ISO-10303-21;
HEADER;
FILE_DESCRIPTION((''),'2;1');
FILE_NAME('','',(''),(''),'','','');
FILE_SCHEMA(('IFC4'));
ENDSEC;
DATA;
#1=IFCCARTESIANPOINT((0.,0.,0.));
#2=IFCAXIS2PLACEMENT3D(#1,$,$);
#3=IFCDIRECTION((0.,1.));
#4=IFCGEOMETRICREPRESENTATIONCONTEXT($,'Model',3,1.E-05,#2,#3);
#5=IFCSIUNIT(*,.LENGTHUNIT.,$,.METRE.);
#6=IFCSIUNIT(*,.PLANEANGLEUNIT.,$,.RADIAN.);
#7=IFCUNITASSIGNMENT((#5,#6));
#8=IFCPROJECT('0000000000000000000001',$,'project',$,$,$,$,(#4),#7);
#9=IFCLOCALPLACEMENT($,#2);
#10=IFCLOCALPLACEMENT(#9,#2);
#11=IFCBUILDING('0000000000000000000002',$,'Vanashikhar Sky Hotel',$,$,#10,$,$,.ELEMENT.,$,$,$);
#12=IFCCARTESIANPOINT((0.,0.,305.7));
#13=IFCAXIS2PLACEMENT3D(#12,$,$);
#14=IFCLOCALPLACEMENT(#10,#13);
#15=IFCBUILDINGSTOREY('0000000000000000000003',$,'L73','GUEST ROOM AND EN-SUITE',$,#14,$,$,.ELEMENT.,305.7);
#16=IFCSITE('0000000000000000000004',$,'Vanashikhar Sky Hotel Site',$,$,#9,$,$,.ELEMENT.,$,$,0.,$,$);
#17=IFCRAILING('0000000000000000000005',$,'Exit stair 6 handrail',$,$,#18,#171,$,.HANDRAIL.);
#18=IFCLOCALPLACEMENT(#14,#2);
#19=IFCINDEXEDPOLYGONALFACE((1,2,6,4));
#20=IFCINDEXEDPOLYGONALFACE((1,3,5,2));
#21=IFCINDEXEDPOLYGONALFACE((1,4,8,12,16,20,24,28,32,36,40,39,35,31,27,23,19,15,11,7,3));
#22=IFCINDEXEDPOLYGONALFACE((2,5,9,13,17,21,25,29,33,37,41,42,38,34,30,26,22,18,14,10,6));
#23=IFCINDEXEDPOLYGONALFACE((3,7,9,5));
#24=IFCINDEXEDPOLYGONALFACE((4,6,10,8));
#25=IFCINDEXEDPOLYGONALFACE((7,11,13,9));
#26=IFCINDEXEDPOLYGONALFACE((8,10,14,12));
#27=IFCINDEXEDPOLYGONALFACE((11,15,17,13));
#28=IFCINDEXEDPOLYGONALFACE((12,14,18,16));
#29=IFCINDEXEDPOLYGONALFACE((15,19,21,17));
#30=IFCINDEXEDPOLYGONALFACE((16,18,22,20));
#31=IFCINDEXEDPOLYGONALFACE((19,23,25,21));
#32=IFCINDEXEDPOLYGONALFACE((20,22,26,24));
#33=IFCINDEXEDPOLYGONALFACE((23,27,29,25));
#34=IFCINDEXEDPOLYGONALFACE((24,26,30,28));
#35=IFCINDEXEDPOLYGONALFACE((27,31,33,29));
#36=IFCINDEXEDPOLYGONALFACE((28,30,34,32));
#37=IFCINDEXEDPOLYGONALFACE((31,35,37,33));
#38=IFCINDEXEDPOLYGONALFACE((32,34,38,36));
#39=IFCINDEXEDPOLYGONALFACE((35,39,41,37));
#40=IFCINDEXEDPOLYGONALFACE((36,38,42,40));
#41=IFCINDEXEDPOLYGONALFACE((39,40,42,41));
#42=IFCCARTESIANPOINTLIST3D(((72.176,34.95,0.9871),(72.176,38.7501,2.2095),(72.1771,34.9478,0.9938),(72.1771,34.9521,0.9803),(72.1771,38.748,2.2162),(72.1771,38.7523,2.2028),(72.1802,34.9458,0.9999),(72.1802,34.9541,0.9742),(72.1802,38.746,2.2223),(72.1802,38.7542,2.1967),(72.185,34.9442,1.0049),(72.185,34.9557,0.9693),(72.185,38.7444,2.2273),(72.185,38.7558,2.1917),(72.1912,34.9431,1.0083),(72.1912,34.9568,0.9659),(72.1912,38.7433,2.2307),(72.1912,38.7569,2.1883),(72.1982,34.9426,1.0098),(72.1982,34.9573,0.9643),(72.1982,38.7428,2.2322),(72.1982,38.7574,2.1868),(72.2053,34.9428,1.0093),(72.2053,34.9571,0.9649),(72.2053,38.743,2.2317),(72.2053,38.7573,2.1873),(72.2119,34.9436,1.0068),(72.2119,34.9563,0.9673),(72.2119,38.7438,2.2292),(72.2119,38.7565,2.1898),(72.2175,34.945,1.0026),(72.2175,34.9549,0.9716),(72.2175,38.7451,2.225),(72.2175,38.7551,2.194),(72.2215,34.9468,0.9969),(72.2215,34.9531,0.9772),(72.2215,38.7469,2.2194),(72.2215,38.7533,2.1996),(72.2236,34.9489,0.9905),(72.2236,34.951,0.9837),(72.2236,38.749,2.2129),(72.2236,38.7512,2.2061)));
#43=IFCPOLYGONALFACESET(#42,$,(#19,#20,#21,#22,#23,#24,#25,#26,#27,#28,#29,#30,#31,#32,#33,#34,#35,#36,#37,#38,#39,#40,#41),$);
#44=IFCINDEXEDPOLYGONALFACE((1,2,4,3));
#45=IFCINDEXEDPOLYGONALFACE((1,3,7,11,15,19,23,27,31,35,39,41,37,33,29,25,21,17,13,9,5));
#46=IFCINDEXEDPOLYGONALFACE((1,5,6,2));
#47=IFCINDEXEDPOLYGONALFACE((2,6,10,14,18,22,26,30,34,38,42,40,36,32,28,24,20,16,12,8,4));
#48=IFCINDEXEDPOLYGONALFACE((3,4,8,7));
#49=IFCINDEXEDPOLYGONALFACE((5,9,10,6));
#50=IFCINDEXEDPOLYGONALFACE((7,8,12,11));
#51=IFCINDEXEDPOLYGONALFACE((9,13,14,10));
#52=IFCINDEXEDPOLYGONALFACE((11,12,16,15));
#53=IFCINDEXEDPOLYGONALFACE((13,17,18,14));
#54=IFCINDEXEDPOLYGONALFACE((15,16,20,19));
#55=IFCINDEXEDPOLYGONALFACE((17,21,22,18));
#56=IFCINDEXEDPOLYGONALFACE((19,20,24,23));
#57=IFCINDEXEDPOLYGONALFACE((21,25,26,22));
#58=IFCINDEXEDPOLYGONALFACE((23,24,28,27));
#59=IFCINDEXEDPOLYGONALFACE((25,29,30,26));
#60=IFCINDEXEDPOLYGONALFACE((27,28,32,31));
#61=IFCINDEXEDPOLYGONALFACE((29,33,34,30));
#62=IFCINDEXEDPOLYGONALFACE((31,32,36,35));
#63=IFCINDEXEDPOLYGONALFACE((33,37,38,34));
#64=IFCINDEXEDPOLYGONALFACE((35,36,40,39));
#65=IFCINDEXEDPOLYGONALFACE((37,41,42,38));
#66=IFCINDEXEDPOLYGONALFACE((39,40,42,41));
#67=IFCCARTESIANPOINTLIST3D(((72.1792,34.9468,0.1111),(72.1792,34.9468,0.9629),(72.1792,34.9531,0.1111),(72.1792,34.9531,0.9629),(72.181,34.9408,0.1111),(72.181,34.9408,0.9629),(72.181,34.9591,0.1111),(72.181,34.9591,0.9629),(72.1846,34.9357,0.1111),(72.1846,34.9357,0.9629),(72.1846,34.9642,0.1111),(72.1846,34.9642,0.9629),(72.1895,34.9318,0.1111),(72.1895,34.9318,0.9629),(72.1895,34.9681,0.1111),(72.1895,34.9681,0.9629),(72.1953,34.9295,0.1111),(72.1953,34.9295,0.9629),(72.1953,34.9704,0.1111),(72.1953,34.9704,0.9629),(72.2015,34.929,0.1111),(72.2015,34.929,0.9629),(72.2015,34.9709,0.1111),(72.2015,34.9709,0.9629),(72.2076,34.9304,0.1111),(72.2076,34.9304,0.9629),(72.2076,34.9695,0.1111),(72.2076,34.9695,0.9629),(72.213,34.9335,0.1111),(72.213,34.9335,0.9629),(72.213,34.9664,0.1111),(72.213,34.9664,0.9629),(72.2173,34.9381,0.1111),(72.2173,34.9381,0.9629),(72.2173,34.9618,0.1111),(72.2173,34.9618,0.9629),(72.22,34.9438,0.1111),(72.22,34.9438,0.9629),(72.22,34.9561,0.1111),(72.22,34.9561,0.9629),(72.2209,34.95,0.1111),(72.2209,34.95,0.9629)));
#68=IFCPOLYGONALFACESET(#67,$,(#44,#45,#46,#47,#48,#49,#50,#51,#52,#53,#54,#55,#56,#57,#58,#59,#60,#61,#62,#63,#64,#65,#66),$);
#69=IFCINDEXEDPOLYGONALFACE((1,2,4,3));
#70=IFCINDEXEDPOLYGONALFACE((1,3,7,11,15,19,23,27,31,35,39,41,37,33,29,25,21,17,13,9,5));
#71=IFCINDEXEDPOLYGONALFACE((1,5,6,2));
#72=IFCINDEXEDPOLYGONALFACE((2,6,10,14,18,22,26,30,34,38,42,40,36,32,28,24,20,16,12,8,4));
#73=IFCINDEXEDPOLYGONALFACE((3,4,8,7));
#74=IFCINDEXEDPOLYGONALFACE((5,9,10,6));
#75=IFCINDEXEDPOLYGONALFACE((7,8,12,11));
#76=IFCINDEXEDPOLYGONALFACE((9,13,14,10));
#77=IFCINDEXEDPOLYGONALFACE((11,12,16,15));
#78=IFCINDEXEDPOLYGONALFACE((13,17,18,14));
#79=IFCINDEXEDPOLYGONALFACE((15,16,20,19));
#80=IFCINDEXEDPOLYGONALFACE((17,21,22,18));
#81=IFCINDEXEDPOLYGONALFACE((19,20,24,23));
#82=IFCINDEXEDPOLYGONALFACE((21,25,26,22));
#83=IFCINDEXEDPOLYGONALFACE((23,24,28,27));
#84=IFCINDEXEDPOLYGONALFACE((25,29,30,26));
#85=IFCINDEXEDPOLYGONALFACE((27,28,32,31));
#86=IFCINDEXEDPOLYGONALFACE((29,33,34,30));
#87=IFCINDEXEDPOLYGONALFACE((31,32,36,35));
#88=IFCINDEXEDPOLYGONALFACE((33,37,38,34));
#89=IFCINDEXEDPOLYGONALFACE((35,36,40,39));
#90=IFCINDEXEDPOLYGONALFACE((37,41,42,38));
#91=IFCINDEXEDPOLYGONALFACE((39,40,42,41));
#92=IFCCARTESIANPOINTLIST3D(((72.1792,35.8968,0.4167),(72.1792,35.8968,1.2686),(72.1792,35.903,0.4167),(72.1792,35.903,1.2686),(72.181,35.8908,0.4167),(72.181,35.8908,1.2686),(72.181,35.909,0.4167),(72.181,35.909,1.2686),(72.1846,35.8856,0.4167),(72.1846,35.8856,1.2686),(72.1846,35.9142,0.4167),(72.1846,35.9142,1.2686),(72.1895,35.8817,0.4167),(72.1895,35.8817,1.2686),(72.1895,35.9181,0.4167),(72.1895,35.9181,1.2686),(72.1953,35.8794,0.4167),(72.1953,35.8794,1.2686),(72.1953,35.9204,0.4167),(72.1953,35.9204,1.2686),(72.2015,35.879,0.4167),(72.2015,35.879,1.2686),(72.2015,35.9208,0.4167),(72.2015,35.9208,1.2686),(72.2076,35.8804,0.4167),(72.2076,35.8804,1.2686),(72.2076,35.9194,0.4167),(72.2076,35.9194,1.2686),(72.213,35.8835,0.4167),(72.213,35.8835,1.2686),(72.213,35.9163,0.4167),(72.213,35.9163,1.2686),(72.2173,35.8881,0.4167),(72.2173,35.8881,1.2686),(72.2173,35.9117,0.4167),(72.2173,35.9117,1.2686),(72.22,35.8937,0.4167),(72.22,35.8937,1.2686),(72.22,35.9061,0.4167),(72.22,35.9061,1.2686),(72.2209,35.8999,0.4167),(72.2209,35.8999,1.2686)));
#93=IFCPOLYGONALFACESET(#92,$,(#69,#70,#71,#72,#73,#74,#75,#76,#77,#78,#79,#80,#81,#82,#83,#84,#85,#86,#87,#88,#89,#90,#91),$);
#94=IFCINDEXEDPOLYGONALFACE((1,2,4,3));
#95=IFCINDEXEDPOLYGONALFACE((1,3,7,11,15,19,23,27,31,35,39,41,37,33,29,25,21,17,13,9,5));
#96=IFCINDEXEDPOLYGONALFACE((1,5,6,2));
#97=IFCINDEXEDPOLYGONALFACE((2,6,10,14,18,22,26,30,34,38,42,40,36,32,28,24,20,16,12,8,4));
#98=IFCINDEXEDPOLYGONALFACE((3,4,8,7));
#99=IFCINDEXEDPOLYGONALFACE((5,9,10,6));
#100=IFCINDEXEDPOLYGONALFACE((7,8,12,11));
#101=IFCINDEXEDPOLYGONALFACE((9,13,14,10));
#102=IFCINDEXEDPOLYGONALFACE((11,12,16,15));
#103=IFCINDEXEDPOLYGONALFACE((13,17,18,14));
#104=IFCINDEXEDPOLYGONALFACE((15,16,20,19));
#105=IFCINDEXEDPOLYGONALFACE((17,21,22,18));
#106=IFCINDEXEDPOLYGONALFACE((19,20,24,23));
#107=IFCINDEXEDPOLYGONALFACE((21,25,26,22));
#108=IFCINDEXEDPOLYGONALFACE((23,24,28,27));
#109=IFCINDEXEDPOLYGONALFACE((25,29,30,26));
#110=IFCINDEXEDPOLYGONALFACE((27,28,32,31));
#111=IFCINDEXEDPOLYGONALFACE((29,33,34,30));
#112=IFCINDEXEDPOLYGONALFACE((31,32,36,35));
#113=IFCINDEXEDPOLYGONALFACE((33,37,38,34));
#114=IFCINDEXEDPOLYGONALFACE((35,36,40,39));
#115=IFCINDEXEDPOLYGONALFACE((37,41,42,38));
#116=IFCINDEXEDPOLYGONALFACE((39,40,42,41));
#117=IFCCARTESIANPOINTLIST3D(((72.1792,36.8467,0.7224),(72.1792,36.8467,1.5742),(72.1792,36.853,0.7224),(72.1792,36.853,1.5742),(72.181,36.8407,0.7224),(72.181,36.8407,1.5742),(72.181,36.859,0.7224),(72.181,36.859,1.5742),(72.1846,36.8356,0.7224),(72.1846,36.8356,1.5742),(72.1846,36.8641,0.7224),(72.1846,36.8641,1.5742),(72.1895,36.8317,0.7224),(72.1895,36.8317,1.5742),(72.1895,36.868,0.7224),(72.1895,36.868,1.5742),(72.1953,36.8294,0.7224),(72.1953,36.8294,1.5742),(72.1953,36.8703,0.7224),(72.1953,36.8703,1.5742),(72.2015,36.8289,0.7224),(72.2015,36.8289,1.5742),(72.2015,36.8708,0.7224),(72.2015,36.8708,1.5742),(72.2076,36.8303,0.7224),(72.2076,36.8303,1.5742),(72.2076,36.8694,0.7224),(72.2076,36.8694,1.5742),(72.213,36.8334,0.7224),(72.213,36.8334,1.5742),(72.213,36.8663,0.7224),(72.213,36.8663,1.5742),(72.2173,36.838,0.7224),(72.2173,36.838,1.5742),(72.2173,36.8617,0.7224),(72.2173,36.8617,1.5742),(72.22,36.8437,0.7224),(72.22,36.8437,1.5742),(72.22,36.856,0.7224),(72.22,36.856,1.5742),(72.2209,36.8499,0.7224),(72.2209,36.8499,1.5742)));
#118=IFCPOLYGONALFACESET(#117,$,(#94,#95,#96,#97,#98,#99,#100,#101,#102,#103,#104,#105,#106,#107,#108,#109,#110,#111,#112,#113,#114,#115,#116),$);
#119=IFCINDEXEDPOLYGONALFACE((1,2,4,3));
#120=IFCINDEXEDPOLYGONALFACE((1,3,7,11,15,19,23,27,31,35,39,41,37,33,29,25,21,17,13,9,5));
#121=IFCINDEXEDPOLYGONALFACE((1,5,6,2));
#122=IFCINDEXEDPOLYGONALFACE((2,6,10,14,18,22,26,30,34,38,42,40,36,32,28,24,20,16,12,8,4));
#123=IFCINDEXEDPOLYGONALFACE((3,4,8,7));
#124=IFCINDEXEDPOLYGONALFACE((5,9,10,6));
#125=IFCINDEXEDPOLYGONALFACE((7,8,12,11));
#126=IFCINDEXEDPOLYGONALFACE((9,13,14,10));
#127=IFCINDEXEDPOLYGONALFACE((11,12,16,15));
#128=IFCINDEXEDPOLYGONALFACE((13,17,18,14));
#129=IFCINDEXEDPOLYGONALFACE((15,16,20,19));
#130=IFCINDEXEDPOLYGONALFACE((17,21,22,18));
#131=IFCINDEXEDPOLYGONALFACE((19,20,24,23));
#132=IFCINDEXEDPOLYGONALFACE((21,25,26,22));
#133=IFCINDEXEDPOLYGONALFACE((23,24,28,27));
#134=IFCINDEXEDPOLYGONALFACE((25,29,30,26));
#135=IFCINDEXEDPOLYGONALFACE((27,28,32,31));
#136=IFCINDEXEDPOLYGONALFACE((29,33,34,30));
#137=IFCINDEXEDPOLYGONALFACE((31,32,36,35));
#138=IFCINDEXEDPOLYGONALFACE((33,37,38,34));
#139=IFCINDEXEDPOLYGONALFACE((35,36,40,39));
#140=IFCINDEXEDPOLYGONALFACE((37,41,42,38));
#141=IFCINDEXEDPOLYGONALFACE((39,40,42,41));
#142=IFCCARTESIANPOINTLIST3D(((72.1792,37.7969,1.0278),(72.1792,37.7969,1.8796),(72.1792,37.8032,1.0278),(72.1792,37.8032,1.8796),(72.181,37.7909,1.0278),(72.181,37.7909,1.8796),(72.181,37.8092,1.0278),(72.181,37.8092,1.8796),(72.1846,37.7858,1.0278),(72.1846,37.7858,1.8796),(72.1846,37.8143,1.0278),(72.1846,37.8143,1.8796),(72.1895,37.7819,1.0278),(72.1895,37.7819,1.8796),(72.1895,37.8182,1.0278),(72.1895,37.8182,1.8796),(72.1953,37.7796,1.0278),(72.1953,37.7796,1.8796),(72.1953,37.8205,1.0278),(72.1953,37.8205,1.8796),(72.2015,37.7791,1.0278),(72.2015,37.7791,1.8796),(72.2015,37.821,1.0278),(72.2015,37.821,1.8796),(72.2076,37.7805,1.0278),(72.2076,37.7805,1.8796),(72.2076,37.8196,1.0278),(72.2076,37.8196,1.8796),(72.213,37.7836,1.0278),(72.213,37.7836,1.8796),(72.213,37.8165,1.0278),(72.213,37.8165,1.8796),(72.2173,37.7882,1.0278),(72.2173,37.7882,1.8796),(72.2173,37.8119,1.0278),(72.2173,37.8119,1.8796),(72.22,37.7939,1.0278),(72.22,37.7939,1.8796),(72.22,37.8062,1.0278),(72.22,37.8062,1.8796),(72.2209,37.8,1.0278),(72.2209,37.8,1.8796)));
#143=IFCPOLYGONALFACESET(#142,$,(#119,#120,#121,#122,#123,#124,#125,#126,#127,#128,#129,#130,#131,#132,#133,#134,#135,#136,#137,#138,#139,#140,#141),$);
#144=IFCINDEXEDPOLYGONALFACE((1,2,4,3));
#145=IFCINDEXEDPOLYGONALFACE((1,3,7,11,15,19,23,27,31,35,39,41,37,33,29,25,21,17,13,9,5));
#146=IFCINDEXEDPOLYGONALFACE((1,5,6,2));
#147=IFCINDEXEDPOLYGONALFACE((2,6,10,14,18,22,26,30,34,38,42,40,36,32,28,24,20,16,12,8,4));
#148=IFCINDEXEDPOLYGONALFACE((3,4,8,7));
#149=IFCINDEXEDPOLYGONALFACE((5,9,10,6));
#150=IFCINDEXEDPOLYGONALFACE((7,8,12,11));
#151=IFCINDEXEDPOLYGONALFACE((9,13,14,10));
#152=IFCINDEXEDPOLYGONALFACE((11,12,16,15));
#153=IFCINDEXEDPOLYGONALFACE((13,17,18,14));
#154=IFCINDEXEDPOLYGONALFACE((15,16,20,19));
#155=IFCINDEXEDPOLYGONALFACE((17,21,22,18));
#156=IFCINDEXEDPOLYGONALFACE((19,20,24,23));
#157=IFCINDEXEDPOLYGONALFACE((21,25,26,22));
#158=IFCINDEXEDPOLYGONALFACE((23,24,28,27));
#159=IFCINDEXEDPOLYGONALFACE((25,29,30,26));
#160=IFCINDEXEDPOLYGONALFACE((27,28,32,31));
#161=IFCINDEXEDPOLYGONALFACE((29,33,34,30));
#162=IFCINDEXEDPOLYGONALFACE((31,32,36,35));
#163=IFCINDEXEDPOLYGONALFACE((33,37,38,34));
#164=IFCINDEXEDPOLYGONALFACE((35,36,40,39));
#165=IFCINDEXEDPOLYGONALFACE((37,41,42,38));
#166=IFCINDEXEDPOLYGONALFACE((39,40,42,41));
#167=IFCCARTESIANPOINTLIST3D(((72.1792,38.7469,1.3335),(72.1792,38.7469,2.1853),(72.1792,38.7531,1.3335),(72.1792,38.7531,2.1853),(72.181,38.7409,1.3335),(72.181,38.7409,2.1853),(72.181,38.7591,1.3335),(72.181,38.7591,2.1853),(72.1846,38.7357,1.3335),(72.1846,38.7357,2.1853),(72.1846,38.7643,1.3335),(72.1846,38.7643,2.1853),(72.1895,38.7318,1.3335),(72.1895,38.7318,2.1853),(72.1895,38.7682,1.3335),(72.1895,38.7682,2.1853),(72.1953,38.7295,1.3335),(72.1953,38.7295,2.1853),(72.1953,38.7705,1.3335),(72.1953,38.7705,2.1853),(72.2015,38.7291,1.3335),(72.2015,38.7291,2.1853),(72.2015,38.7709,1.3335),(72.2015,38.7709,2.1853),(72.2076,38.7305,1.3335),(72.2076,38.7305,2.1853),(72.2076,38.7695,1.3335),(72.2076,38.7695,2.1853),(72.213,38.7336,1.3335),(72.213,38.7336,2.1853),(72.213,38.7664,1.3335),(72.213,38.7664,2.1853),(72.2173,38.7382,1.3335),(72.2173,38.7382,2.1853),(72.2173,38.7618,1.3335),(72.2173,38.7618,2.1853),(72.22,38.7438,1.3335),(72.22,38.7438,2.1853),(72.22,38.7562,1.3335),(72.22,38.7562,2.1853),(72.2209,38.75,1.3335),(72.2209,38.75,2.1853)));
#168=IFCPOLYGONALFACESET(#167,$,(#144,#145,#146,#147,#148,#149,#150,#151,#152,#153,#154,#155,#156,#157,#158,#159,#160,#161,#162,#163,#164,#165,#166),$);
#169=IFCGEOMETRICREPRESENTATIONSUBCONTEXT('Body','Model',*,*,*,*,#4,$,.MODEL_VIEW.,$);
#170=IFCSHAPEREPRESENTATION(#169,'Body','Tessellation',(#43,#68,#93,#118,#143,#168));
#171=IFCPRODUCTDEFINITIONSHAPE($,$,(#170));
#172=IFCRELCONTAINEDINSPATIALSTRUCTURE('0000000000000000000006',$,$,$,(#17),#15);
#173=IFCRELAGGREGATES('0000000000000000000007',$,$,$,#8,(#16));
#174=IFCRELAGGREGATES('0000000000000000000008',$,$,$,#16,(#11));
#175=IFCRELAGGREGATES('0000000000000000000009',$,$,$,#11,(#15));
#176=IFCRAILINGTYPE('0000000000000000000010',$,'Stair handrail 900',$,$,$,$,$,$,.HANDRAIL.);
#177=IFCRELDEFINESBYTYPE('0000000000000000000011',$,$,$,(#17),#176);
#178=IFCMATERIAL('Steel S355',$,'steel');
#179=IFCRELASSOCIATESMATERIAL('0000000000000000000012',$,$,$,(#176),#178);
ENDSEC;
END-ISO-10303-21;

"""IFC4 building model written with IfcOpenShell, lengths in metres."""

from ifc_helpers import new_model, si_unit, direction, frame, origin, origin_2d, place, context, subcontext, project, spatial, circle, extrude, source, transform, mapped, material, type_object, element, save


model = new_model("IFC4")

# Units and contexts
model_context = context("Model", 3, precision=1e-05, world=origin(), true_north=direction((0.0, 1.0)))
body_context = subcontext(model_context, "Body", "Model", "MODEL_VIEW")
ifc_project = project(units=[si_unit("LENGTHUNIT", "METRE"), si_unit("PLANEANGLEUNIT", "RADIAN")], contexts=[model_context])

# Site, building, storey
site_placement = place(None, origin())
site = spatial("IfcSite", under=ifc_project, at=site_placement, Name="Vanashikhar Sky Hotel Site", CompositionType="ELEMENT", RefElevation=0.0)
building_placement = place(site_placement, origin())
building = spatial("IfcBuilding", under=site, at=building_placement, Name="Vanashikhar Sky Hotel", CompositionType="ELEMENT")
storey_placement = place(building_placement, frame((0.0, 0.0, 305.7)))
storey = spatial("IfcBuildingStorey", under=building, at=storey_placement, Name="L73", Description="GUEST ROOM AND EN-SUITE", CompositionType="ELEMENT", Elevation=305.7)

# Railing
ifc_material_1 = material(Name="Steel S355", Category="steel")
railing_type_1 = type_object("IfcRailingType", Name="Stair handrail 900", PredefinedType="HANDRAIL", material=ifc_material_1)
shared_shape_1 = source(origin(), body_context, "Body", "SweptSolid", [
    extrude(circle(Radius=0.0239, at=origin_2d()), frame((0.0, 0.0, 0.876), z_axis=(0.0, 0.951958, 0.306229), x_axis=(-1.0, 0.0, 0.0)), (0.0, 0.0, 1.0), 3.9919),
    extrude(circle(Radius=0.021, at=origin_2d()), origin(), (0.0, 0.0, 1.0), 0.8518),
    extrude(circle(Radius=0.021, at=origin_2d()), frame((0.0, 0.95, 0.3057)), (0.0, 0.0, 1.0), 0.8518),
    extrude(circle(Radius=0.021, at=origin_2d()), frame((0.0, 1.8999, 0.6113)), (0.0, 0.0, 1.0), 0.8518),
    extrude(circle(Radius=0.021, at=origin_2d()), frame((0.0, 2.8501, 0.9167)), (0.0, 0.0, 1.0), 0.8518),
    extrude(circle(Radius=0.021, at=origin_2d()), frame((0.0, 3.8, 1.2224)), (0.0, 0.0, 1.0), 0.8518),
])
railing_1_placement = place(storey_placement, frame((72.2, 34.95, 0.1111)))
element("IfcRailing", 1, at=railing_1_placement, inside=storey, type_object=railing_type_1, Name="Exit stair 6 handrail", PredefinedType="HANDRAIL", context=body_context, shape_type="MappedRepresentation", body=[
    mapped(shared_shape_1, transform((0.0, 0.0, 0.0), scale=1.0)),
])

save(model, "model.ifc")
